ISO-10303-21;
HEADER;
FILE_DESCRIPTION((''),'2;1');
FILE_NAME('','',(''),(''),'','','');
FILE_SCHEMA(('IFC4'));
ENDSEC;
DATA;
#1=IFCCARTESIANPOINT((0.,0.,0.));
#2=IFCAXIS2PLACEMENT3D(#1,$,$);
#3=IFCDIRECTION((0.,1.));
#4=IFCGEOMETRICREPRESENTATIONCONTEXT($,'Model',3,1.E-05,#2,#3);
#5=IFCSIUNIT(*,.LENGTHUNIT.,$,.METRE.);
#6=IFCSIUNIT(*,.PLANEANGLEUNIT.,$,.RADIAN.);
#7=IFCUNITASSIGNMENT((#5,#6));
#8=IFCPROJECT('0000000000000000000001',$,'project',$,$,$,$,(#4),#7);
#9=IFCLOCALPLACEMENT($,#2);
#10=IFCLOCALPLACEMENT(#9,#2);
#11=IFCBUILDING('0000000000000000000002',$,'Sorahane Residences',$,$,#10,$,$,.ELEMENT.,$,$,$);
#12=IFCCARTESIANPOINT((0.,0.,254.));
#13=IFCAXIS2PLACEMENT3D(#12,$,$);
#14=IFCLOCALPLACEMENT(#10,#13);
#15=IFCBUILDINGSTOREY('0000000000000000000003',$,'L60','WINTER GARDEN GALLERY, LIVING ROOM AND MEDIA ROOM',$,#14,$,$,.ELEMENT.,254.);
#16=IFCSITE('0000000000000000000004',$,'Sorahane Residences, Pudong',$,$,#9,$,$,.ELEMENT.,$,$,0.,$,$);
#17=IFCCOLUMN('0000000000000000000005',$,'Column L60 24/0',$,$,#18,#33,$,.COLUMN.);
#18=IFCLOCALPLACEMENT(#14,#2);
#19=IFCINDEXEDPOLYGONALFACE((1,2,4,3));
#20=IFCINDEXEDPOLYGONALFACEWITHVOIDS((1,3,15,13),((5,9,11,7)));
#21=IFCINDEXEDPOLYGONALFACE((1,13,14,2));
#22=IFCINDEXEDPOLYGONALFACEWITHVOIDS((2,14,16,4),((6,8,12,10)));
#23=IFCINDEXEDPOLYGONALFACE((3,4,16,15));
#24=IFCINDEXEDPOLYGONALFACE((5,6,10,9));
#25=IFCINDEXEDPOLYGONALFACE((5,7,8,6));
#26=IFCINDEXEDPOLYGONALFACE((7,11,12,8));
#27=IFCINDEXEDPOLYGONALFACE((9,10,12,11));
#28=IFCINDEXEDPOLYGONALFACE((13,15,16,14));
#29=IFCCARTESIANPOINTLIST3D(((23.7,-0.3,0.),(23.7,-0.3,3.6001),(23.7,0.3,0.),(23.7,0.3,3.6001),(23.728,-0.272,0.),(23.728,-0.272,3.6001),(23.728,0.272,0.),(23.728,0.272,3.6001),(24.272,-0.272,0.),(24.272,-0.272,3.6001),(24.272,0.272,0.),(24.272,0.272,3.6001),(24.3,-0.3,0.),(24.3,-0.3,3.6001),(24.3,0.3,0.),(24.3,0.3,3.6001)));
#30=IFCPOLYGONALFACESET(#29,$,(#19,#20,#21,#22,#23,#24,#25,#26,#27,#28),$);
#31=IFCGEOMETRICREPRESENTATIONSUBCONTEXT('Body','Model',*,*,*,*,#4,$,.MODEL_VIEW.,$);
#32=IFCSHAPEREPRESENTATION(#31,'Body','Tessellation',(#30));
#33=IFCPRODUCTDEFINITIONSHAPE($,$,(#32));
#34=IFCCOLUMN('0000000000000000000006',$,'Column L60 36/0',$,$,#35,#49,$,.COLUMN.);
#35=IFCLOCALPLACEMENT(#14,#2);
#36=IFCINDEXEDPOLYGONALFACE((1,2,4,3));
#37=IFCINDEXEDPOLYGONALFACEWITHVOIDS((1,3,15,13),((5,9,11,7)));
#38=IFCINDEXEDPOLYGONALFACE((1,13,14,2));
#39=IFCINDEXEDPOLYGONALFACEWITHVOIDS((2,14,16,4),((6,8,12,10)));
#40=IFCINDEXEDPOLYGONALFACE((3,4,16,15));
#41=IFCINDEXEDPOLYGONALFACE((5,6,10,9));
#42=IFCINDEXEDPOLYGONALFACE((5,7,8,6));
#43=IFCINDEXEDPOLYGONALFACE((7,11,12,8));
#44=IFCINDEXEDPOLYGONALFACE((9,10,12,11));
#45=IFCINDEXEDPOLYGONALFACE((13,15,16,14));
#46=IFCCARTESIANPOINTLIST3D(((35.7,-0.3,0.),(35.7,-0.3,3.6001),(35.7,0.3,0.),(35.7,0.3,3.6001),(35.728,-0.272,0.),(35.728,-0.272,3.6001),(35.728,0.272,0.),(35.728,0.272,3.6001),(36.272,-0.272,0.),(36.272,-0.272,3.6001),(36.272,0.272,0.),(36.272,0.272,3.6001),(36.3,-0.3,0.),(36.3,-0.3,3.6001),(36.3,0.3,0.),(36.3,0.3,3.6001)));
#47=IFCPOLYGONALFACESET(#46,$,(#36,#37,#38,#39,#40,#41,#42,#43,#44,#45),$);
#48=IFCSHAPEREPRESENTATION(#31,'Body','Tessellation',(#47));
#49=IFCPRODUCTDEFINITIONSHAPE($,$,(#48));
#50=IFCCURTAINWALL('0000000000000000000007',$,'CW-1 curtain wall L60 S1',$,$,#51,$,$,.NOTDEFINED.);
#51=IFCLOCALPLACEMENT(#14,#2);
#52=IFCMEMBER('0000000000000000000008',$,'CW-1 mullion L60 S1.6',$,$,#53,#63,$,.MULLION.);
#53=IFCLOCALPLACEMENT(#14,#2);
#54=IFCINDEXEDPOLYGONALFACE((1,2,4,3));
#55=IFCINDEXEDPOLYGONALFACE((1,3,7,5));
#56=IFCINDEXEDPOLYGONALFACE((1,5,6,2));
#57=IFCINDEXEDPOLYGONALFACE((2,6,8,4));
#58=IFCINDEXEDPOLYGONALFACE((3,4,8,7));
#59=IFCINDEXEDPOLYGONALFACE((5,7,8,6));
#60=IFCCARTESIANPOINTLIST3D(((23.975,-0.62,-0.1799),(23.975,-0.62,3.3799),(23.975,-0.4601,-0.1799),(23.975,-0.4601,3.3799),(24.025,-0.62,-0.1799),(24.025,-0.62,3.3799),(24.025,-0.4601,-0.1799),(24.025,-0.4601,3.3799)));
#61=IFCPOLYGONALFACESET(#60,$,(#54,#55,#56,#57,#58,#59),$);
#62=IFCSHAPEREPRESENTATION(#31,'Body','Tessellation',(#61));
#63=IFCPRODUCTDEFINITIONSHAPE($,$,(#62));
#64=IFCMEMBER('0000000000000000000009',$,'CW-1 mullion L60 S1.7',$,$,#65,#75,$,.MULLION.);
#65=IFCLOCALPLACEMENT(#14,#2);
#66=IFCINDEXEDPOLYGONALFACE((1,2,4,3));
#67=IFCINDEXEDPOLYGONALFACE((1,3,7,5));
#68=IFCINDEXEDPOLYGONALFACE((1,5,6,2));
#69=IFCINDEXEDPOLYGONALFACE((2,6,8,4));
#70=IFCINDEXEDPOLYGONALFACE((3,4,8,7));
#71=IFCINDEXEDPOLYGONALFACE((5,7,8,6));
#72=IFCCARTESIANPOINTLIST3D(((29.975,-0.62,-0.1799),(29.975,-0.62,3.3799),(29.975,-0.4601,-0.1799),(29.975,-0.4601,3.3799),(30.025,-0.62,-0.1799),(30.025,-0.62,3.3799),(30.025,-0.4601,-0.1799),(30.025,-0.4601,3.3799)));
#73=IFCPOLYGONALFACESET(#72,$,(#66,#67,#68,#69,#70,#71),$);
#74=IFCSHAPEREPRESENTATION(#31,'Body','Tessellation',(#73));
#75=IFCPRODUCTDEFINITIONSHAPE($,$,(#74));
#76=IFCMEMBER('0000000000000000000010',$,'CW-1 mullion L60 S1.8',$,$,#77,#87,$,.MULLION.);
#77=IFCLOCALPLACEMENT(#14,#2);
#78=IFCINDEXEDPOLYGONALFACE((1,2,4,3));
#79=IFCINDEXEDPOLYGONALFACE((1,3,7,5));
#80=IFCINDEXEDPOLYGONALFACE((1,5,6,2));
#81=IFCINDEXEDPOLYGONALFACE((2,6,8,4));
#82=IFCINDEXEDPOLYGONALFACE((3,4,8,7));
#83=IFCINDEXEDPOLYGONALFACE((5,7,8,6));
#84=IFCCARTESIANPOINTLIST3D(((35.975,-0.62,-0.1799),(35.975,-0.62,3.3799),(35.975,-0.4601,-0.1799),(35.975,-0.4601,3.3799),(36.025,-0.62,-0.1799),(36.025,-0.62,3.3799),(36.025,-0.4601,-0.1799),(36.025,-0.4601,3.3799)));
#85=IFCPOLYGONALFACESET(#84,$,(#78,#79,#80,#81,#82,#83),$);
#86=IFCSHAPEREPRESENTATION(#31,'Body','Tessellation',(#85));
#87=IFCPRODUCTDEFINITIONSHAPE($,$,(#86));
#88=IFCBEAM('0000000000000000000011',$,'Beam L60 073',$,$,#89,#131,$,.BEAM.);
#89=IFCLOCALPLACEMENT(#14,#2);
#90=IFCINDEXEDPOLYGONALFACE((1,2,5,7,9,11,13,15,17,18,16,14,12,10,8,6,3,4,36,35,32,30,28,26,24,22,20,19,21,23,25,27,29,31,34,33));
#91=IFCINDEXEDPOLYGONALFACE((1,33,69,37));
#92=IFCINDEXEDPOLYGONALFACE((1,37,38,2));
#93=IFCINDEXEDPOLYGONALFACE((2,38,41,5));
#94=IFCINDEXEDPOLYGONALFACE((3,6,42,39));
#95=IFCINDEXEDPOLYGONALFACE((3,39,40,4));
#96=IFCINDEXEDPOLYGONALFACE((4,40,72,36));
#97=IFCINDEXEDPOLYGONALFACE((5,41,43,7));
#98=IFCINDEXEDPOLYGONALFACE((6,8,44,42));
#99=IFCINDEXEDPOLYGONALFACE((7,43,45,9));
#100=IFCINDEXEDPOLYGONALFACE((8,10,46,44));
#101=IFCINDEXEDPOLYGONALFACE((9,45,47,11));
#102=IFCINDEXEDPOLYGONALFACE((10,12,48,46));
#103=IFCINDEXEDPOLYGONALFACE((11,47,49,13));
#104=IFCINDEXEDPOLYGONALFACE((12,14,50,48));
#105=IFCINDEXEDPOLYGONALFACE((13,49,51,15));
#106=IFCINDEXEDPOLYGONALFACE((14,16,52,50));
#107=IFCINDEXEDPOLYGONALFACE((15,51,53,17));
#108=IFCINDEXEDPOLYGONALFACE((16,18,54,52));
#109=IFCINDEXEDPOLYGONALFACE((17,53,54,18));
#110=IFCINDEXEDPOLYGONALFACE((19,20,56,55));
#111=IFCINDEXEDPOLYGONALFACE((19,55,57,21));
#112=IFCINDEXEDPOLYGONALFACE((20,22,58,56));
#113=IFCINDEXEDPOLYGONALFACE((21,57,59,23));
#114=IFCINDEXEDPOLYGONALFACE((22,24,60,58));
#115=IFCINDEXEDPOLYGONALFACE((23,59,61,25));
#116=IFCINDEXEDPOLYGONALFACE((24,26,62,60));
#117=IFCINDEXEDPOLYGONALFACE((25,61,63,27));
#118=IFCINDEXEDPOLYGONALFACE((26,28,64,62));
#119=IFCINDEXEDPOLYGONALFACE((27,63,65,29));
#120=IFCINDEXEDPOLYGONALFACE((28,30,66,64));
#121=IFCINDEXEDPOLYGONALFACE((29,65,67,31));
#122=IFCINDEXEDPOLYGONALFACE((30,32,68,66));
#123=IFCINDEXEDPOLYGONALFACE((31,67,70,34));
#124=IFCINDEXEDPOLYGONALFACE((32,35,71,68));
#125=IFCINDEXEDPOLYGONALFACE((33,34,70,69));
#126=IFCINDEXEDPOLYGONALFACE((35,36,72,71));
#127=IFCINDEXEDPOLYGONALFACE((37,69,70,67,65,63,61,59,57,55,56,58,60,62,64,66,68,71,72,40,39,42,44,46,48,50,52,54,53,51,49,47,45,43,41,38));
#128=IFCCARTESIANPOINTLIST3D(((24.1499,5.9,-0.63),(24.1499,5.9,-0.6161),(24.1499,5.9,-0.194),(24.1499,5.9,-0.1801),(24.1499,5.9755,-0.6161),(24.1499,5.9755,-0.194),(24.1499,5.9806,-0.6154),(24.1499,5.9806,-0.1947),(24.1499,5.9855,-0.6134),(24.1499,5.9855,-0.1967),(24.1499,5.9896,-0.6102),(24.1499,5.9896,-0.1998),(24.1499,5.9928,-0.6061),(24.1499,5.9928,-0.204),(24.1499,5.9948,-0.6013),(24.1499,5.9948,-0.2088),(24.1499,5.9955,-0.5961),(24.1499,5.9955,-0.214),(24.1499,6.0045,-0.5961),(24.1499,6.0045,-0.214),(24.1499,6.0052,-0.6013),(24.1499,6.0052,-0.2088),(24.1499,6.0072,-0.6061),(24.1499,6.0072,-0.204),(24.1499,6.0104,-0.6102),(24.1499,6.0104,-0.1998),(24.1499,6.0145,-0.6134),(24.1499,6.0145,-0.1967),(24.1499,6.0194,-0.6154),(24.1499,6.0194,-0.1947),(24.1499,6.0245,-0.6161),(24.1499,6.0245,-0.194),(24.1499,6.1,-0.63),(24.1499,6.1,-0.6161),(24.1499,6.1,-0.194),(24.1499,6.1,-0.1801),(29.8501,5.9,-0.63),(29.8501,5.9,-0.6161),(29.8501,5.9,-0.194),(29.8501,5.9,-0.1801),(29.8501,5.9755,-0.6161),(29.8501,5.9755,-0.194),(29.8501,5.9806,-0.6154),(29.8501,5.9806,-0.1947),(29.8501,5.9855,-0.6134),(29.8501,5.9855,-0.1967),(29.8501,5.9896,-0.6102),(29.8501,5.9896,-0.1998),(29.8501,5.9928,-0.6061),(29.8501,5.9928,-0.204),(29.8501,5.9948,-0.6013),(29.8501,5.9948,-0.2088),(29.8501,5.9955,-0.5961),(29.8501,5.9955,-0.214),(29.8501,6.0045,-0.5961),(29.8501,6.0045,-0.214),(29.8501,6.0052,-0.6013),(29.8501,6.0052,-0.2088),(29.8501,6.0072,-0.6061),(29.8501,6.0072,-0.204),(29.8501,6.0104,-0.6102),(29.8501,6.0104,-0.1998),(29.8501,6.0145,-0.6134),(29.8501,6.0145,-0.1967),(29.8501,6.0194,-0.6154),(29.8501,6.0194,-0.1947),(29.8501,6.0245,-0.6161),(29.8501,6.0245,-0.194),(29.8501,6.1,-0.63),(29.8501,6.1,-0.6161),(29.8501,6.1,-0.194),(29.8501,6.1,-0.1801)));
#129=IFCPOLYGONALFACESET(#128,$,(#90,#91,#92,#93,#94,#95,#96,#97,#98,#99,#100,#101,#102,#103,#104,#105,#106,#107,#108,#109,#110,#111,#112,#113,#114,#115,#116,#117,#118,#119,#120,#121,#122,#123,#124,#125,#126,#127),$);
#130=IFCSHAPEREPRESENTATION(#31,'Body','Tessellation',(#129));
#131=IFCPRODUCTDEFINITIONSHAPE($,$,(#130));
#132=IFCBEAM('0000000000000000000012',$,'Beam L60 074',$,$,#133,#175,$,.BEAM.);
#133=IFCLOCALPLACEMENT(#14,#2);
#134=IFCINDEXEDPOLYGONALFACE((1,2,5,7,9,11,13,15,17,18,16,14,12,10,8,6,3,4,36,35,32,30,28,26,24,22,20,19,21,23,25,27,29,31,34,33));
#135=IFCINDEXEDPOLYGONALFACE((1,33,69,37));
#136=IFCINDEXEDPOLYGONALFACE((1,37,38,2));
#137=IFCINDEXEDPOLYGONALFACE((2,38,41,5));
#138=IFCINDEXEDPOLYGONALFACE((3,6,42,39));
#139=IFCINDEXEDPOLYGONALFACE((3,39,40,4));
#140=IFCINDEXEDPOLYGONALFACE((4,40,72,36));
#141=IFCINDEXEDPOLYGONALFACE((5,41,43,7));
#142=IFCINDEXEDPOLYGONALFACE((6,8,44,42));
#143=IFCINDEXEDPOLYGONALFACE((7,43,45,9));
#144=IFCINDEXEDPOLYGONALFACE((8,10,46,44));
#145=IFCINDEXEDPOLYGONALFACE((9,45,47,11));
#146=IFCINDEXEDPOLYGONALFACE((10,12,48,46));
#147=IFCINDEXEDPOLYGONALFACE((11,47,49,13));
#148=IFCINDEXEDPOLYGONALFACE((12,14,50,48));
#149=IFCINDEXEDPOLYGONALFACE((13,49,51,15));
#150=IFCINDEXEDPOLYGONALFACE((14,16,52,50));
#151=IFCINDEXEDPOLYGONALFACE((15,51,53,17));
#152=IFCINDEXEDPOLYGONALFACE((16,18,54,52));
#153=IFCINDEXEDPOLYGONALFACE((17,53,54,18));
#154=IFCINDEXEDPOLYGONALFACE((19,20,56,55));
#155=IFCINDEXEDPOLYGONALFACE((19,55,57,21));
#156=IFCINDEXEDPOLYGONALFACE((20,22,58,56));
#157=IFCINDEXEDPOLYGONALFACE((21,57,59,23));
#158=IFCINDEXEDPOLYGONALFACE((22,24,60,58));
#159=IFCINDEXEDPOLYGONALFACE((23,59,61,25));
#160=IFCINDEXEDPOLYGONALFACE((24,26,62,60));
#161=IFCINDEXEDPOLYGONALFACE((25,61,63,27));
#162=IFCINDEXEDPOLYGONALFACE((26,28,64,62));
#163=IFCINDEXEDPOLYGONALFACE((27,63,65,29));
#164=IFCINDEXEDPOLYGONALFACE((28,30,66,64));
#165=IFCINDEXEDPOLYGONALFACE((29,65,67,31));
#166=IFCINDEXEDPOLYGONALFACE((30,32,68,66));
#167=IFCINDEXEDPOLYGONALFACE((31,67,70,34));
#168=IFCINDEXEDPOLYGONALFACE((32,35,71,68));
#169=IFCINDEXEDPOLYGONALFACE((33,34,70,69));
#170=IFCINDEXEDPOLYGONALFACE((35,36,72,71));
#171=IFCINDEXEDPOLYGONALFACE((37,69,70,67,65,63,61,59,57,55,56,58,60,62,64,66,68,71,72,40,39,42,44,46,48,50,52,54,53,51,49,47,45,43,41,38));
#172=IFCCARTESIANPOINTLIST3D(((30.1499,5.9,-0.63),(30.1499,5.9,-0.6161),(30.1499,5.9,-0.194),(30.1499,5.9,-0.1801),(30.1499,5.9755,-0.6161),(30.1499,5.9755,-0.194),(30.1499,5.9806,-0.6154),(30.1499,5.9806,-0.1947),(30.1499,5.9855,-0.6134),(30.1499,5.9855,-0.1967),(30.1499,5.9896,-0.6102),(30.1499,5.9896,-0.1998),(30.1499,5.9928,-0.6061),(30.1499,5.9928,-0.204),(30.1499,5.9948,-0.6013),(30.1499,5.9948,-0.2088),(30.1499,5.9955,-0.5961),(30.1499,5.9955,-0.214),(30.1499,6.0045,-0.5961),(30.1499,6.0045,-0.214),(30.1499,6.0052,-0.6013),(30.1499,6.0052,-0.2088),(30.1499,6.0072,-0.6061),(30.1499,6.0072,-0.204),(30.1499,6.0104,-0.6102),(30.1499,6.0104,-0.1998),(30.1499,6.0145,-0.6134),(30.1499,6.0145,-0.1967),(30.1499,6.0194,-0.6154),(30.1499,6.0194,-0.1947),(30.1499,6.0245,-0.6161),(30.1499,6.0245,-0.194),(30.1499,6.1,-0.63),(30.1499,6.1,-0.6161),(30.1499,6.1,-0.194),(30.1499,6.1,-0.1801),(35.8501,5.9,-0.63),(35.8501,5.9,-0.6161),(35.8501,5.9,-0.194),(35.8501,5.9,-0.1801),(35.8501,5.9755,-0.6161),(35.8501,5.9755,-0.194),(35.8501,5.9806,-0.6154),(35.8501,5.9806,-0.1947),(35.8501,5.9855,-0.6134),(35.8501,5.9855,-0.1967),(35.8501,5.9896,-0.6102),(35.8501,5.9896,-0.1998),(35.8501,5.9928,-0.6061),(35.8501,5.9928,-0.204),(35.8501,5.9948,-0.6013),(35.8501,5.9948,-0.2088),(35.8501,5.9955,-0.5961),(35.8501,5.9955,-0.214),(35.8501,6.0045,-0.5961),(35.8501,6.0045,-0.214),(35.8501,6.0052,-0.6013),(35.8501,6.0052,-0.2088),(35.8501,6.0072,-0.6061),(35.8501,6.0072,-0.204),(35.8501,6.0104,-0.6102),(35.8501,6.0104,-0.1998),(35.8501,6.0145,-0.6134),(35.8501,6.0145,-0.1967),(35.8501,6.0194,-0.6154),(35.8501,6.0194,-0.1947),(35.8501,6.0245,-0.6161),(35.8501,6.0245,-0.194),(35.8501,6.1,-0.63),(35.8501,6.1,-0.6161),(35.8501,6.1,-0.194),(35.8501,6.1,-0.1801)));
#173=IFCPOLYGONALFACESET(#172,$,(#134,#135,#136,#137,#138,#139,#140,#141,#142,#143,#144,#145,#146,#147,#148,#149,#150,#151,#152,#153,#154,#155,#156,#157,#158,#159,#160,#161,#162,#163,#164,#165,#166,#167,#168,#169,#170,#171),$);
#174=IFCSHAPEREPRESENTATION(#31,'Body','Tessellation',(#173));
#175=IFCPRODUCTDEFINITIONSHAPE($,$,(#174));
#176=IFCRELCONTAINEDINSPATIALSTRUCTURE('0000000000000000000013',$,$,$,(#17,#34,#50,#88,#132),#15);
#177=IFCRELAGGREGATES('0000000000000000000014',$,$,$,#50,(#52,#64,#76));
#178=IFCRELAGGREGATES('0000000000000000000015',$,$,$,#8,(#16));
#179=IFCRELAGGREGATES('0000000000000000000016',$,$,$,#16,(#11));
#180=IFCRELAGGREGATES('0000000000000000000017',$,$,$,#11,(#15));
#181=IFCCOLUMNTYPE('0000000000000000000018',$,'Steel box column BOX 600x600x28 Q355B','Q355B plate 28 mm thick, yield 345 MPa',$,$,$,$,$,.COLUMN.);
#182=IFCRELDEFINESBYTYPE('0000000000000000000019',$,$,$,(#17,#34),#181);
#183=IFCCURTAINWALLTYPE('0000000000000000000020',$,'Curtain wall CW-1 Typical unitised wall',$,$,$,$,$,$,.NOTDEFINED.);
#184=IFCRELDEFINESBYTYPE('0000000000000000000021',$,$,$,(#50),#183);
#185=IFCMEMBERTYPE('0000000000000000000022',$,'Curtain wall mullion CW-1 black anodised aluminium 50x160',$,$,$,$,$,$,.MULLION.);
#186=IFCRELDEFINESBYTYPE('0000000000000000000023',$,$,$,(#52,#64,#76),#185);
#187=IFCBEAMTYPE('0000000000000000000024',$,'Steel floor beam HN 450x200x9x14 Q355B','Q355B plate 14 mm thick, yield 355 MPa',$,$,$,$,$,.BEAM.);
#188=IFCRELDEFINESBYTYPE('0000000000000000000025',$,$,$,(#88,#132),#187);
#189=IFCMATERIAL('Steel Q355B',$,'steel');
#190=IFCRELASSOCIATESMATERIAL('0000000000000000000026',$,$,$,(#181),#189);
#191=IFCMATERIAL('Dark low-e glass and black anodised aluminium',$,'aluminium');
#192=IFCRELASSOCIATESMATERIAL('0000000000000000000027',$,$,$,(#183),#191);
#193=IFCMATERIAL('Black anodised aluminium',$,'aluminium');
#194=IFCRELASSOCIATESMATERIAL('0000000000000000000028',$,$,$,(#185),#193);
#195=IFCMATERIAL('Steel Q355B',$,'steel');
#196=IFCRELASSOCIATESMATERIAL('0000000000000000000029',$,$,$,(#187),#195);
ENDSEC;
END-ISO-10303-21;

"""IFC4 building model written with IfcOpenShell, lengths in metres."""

from ifc_helpers import new_model, si_unit, direction, frame, origin, origin_2d, place, context, subcontext, project, spatial, rectangle, hollow_rectangle, i_section, extrude, material, material_profile, profile_set, type_object, element, aggregate, save


model = new_model("IFC4")

# Units and contexts
model_context = context("Model", 3, precision=1e-05, world=origin(), true_north=direction((0.0, 1.0)))
body_context = subcontext(model_context, "Body", "Model", "MODEL_VIEW")
ifc_project = project(units=[si_unit("LENGTHUNIT", "METRE"), si_unit("PLANEANGLEUNIT", "RADIAN")], contexts=[model_context])

# Site, building, storey
site_placement = place(None, origin())
site = spatial("IfcSite", under=ifc_project, at=site_placement, Name="Sorahane Residences, Pudong", CompositionType="ELEMENT", RefElevation=0.0)
building_placement = place(site_placement, origin())
building = spatial("IfcBuilding", under=site, at=building_placement, Name="Sorahane Residences", CompositionType="ELEMENT")
storey_placement = place(building_placement, frame((0.0, 0.0, 254.0)))
storey = spatial("IfcBuildingStorey", under=building, at=storey_placement, Name="L60", Description="WINTER GARDEN GALLERY, LIVING ROOM AND MEDIA ROOM", CompositionType="ELEMENT", Elevation=254.0)

# Columns
ifc_material_1 = material(Name="Steel Q355B", Category="steel")
ifc_material_profile_1 = material_profile(ifc_material_1, hollow_rectangle(XDim=0.6001, YDim=0.6001, WallThickness=0.0281, at=origin_2d()), Name="BOX 600x600x28")
ifc_profile_set_1 = profile_set([ifc_material_profile_1], Name="Steel Q355B")
column_type = type_object("IfcColumnType", Name="Steel box column BOX 600x600x28 Q355B", Description="Q355B plate 28 mm thick, yield 345 MPa", PredefinedType="COLUMN", material=ifc_profile_set_1)
for number, where, z_axis, x_axis, name in (
    (1, (24.0, 0.0, 0.0), (0.0, 0.0, 1.0), (1.0, 0.0, 0.0), "Column L60 24/0"),
    (2, (36.0, 0.0, 0.0), (0.0, 0.0, 1.0), (1.0, 0.0, 0.0), "Column L60 36/0"),
):
    element("IfcColumn", number, at=place(storey_placement, frame(where, z_axis=z_axis, x_axis=x_axis)), inside=storey, type_object=column_type, Name=name, PredefinedType="COLUMN", context=body_context, shape_type="SweptSolid", body=[
        extrude(hollow_rectangle(XDim=0.6001, YDim=0.6001, WallThickness=0.0281, at=origin_2d()), origin(), (0.0, 0.0, 1.0), 3.6001),
    ])

# Curtain wall, members
ifc_material_2 = material(Name="Dark low-e glass and black anodised aluminium", Category="aluminium")
curtain_wall_type = type_object("IfcCurtainWallType", Name="Curtain wall CW-1 Typical unitised wall", PredefinedType="NOTDEFINED", material=ifc_material_2)
curtain_wall_placement = place(storey_placement, origin())
curtain_wall = element("IfcCurtainWall", 3, at=curtain_wall_placement, inside=storey, type_object=curtain_wall_type, Name="CW-1 curtain wall L60 S1", PredefinedType="NOTDEFINED")
ifc_material_3 = material(Name="Black anodised aluminium", Category="aluminium")
ifc_material_profile_2 = material_profile(ifc_material_3, rectangle(XDim=0.1599, YDim=0.05, at=origin_2d()), Name="Curtain wall mullion CW-1 black anodised aluminium 50x160")
ifc_profile_set_2 = profile_set([ifc_material_profile_2], Name="Black anodised aluminium")
member_type = type_object("IfcMemberType", Name="Curtain wall mullion CW-1 black anodised aluminium 50x160", PredefinedType="MULLION", material=ifc_profile_set_2)
member_1_placement = place(storey_placement, frame((24.0, -0.54, -0.1799), z_axis=(0.0, 0.0, 1.0), x_axis=(0.0, -1.0, 0.0)))
member_1 = element("IfcMember", 4, at=member_1_placement, type_object=member_type, Name="CW-1 mullion L60 S1.6", PredefinedType="MULLION", context=body_context, shape_type="SweptSolid", body=[
    extrude(rectangle(XDim=0.1599, YDim=0.05, at=origin_2d()), origin(), (0.0, 0.0, 1.0), 3.5598),
])
member_2_placement = place(storey_placement, frame((30.0, -0.54, -0.1799), z_axis=(0.0, 0.0, 1.0), x_axis=(0.0, -1.0, 0.0)))
member_2 = element("IfcMember", 5, at=member_2_placement, type_object=member_type, Name="CW-1 mullion L60 S1.7", PredefinedType="MULLION", context=body_context, shape_type="SweptSolid", body=[
    extrude(rectangle(XDim=0.1599, YDim=0.05, at=origin_2d()), origin(), (0.0, 0.0, 1.0), 3.5598),
])
member_3_placement = place(storey_placement, frame((36.0, -0.54, -0.1799), z_axis=(0.0, 0.0, 1.0), x_axis=(0.0, -1.0, 0.0)))
member_3 = element("IfcMember", 6, at=member_3_placement, type_object=member_type, Name="CW-1 mullion L60 S1.8", PredefinedType="MULLION", context=body_context, shape_type="SweptSolid", body=[
    extrude(rectangle(XDim=0.1599, YDim=0.05, at=origin_2d()), origin(), (0.0, 0.0, 1.0), 3.5598),
])

# Beams
ifc_material_4 = material(Name="Steel Q355B", Category="steel")
ifc_material_profile_3 = material_profile(ifc_material_4, i_section(OverallWidth=0.2, OverallDepth=0.45, WebThickness=0.009, FlangeThickness=0.0139, FilletRadius=0.02, at=origin_2d()), Name="HN 450x200x9x14")
ifc_profile_set_3 = profile_set([ifc_material_profile_3], Name="Steel Q355B")
beam_type_1 = type_object("IfcBeamType", Name="Steel floor beam HN 450x200x9x14 Q355B", Description="Q355B plate 14 mm thick, yield 355 MPa", PredefinedType="BEAM", material=ifc_profile_set_3)
for number, where, z_axis, x_axis, name in (
    (7, (24.1499, 6.0, -0.405), (1.0, 0.0, 0.0), (0.0, 1.0, 0.0), "Beam L60 073"),
    (8, (30.1499, 6.0, -0.405), (1.0, 0.0, 0.0), (0.0, 1.0, 0.0), "Beam L60 074"),
):
    element("IfcBeam", number, at=place(storey_placement, frame(where, z_axis=z_axis, x_axis=x_axis)), inside=storey, type_object=beam_type_1, Name=name, PredefinedType="BEAM", context=body_context, shape_type="SweptSolid", body=[
        extrude(i_section(OverallWidth=0.2, OverallDepth=0.45, WebThickness=0.009, FlangeThickness=0.0139, FilletRadius=0.02, at=origin_2d()), origin(), (0.0, 0.0, 1.0), 5.7002),
    ])

aggregate(curtain_wall, [member_1, member_2, member_3])

save(model, "model.ifc")
